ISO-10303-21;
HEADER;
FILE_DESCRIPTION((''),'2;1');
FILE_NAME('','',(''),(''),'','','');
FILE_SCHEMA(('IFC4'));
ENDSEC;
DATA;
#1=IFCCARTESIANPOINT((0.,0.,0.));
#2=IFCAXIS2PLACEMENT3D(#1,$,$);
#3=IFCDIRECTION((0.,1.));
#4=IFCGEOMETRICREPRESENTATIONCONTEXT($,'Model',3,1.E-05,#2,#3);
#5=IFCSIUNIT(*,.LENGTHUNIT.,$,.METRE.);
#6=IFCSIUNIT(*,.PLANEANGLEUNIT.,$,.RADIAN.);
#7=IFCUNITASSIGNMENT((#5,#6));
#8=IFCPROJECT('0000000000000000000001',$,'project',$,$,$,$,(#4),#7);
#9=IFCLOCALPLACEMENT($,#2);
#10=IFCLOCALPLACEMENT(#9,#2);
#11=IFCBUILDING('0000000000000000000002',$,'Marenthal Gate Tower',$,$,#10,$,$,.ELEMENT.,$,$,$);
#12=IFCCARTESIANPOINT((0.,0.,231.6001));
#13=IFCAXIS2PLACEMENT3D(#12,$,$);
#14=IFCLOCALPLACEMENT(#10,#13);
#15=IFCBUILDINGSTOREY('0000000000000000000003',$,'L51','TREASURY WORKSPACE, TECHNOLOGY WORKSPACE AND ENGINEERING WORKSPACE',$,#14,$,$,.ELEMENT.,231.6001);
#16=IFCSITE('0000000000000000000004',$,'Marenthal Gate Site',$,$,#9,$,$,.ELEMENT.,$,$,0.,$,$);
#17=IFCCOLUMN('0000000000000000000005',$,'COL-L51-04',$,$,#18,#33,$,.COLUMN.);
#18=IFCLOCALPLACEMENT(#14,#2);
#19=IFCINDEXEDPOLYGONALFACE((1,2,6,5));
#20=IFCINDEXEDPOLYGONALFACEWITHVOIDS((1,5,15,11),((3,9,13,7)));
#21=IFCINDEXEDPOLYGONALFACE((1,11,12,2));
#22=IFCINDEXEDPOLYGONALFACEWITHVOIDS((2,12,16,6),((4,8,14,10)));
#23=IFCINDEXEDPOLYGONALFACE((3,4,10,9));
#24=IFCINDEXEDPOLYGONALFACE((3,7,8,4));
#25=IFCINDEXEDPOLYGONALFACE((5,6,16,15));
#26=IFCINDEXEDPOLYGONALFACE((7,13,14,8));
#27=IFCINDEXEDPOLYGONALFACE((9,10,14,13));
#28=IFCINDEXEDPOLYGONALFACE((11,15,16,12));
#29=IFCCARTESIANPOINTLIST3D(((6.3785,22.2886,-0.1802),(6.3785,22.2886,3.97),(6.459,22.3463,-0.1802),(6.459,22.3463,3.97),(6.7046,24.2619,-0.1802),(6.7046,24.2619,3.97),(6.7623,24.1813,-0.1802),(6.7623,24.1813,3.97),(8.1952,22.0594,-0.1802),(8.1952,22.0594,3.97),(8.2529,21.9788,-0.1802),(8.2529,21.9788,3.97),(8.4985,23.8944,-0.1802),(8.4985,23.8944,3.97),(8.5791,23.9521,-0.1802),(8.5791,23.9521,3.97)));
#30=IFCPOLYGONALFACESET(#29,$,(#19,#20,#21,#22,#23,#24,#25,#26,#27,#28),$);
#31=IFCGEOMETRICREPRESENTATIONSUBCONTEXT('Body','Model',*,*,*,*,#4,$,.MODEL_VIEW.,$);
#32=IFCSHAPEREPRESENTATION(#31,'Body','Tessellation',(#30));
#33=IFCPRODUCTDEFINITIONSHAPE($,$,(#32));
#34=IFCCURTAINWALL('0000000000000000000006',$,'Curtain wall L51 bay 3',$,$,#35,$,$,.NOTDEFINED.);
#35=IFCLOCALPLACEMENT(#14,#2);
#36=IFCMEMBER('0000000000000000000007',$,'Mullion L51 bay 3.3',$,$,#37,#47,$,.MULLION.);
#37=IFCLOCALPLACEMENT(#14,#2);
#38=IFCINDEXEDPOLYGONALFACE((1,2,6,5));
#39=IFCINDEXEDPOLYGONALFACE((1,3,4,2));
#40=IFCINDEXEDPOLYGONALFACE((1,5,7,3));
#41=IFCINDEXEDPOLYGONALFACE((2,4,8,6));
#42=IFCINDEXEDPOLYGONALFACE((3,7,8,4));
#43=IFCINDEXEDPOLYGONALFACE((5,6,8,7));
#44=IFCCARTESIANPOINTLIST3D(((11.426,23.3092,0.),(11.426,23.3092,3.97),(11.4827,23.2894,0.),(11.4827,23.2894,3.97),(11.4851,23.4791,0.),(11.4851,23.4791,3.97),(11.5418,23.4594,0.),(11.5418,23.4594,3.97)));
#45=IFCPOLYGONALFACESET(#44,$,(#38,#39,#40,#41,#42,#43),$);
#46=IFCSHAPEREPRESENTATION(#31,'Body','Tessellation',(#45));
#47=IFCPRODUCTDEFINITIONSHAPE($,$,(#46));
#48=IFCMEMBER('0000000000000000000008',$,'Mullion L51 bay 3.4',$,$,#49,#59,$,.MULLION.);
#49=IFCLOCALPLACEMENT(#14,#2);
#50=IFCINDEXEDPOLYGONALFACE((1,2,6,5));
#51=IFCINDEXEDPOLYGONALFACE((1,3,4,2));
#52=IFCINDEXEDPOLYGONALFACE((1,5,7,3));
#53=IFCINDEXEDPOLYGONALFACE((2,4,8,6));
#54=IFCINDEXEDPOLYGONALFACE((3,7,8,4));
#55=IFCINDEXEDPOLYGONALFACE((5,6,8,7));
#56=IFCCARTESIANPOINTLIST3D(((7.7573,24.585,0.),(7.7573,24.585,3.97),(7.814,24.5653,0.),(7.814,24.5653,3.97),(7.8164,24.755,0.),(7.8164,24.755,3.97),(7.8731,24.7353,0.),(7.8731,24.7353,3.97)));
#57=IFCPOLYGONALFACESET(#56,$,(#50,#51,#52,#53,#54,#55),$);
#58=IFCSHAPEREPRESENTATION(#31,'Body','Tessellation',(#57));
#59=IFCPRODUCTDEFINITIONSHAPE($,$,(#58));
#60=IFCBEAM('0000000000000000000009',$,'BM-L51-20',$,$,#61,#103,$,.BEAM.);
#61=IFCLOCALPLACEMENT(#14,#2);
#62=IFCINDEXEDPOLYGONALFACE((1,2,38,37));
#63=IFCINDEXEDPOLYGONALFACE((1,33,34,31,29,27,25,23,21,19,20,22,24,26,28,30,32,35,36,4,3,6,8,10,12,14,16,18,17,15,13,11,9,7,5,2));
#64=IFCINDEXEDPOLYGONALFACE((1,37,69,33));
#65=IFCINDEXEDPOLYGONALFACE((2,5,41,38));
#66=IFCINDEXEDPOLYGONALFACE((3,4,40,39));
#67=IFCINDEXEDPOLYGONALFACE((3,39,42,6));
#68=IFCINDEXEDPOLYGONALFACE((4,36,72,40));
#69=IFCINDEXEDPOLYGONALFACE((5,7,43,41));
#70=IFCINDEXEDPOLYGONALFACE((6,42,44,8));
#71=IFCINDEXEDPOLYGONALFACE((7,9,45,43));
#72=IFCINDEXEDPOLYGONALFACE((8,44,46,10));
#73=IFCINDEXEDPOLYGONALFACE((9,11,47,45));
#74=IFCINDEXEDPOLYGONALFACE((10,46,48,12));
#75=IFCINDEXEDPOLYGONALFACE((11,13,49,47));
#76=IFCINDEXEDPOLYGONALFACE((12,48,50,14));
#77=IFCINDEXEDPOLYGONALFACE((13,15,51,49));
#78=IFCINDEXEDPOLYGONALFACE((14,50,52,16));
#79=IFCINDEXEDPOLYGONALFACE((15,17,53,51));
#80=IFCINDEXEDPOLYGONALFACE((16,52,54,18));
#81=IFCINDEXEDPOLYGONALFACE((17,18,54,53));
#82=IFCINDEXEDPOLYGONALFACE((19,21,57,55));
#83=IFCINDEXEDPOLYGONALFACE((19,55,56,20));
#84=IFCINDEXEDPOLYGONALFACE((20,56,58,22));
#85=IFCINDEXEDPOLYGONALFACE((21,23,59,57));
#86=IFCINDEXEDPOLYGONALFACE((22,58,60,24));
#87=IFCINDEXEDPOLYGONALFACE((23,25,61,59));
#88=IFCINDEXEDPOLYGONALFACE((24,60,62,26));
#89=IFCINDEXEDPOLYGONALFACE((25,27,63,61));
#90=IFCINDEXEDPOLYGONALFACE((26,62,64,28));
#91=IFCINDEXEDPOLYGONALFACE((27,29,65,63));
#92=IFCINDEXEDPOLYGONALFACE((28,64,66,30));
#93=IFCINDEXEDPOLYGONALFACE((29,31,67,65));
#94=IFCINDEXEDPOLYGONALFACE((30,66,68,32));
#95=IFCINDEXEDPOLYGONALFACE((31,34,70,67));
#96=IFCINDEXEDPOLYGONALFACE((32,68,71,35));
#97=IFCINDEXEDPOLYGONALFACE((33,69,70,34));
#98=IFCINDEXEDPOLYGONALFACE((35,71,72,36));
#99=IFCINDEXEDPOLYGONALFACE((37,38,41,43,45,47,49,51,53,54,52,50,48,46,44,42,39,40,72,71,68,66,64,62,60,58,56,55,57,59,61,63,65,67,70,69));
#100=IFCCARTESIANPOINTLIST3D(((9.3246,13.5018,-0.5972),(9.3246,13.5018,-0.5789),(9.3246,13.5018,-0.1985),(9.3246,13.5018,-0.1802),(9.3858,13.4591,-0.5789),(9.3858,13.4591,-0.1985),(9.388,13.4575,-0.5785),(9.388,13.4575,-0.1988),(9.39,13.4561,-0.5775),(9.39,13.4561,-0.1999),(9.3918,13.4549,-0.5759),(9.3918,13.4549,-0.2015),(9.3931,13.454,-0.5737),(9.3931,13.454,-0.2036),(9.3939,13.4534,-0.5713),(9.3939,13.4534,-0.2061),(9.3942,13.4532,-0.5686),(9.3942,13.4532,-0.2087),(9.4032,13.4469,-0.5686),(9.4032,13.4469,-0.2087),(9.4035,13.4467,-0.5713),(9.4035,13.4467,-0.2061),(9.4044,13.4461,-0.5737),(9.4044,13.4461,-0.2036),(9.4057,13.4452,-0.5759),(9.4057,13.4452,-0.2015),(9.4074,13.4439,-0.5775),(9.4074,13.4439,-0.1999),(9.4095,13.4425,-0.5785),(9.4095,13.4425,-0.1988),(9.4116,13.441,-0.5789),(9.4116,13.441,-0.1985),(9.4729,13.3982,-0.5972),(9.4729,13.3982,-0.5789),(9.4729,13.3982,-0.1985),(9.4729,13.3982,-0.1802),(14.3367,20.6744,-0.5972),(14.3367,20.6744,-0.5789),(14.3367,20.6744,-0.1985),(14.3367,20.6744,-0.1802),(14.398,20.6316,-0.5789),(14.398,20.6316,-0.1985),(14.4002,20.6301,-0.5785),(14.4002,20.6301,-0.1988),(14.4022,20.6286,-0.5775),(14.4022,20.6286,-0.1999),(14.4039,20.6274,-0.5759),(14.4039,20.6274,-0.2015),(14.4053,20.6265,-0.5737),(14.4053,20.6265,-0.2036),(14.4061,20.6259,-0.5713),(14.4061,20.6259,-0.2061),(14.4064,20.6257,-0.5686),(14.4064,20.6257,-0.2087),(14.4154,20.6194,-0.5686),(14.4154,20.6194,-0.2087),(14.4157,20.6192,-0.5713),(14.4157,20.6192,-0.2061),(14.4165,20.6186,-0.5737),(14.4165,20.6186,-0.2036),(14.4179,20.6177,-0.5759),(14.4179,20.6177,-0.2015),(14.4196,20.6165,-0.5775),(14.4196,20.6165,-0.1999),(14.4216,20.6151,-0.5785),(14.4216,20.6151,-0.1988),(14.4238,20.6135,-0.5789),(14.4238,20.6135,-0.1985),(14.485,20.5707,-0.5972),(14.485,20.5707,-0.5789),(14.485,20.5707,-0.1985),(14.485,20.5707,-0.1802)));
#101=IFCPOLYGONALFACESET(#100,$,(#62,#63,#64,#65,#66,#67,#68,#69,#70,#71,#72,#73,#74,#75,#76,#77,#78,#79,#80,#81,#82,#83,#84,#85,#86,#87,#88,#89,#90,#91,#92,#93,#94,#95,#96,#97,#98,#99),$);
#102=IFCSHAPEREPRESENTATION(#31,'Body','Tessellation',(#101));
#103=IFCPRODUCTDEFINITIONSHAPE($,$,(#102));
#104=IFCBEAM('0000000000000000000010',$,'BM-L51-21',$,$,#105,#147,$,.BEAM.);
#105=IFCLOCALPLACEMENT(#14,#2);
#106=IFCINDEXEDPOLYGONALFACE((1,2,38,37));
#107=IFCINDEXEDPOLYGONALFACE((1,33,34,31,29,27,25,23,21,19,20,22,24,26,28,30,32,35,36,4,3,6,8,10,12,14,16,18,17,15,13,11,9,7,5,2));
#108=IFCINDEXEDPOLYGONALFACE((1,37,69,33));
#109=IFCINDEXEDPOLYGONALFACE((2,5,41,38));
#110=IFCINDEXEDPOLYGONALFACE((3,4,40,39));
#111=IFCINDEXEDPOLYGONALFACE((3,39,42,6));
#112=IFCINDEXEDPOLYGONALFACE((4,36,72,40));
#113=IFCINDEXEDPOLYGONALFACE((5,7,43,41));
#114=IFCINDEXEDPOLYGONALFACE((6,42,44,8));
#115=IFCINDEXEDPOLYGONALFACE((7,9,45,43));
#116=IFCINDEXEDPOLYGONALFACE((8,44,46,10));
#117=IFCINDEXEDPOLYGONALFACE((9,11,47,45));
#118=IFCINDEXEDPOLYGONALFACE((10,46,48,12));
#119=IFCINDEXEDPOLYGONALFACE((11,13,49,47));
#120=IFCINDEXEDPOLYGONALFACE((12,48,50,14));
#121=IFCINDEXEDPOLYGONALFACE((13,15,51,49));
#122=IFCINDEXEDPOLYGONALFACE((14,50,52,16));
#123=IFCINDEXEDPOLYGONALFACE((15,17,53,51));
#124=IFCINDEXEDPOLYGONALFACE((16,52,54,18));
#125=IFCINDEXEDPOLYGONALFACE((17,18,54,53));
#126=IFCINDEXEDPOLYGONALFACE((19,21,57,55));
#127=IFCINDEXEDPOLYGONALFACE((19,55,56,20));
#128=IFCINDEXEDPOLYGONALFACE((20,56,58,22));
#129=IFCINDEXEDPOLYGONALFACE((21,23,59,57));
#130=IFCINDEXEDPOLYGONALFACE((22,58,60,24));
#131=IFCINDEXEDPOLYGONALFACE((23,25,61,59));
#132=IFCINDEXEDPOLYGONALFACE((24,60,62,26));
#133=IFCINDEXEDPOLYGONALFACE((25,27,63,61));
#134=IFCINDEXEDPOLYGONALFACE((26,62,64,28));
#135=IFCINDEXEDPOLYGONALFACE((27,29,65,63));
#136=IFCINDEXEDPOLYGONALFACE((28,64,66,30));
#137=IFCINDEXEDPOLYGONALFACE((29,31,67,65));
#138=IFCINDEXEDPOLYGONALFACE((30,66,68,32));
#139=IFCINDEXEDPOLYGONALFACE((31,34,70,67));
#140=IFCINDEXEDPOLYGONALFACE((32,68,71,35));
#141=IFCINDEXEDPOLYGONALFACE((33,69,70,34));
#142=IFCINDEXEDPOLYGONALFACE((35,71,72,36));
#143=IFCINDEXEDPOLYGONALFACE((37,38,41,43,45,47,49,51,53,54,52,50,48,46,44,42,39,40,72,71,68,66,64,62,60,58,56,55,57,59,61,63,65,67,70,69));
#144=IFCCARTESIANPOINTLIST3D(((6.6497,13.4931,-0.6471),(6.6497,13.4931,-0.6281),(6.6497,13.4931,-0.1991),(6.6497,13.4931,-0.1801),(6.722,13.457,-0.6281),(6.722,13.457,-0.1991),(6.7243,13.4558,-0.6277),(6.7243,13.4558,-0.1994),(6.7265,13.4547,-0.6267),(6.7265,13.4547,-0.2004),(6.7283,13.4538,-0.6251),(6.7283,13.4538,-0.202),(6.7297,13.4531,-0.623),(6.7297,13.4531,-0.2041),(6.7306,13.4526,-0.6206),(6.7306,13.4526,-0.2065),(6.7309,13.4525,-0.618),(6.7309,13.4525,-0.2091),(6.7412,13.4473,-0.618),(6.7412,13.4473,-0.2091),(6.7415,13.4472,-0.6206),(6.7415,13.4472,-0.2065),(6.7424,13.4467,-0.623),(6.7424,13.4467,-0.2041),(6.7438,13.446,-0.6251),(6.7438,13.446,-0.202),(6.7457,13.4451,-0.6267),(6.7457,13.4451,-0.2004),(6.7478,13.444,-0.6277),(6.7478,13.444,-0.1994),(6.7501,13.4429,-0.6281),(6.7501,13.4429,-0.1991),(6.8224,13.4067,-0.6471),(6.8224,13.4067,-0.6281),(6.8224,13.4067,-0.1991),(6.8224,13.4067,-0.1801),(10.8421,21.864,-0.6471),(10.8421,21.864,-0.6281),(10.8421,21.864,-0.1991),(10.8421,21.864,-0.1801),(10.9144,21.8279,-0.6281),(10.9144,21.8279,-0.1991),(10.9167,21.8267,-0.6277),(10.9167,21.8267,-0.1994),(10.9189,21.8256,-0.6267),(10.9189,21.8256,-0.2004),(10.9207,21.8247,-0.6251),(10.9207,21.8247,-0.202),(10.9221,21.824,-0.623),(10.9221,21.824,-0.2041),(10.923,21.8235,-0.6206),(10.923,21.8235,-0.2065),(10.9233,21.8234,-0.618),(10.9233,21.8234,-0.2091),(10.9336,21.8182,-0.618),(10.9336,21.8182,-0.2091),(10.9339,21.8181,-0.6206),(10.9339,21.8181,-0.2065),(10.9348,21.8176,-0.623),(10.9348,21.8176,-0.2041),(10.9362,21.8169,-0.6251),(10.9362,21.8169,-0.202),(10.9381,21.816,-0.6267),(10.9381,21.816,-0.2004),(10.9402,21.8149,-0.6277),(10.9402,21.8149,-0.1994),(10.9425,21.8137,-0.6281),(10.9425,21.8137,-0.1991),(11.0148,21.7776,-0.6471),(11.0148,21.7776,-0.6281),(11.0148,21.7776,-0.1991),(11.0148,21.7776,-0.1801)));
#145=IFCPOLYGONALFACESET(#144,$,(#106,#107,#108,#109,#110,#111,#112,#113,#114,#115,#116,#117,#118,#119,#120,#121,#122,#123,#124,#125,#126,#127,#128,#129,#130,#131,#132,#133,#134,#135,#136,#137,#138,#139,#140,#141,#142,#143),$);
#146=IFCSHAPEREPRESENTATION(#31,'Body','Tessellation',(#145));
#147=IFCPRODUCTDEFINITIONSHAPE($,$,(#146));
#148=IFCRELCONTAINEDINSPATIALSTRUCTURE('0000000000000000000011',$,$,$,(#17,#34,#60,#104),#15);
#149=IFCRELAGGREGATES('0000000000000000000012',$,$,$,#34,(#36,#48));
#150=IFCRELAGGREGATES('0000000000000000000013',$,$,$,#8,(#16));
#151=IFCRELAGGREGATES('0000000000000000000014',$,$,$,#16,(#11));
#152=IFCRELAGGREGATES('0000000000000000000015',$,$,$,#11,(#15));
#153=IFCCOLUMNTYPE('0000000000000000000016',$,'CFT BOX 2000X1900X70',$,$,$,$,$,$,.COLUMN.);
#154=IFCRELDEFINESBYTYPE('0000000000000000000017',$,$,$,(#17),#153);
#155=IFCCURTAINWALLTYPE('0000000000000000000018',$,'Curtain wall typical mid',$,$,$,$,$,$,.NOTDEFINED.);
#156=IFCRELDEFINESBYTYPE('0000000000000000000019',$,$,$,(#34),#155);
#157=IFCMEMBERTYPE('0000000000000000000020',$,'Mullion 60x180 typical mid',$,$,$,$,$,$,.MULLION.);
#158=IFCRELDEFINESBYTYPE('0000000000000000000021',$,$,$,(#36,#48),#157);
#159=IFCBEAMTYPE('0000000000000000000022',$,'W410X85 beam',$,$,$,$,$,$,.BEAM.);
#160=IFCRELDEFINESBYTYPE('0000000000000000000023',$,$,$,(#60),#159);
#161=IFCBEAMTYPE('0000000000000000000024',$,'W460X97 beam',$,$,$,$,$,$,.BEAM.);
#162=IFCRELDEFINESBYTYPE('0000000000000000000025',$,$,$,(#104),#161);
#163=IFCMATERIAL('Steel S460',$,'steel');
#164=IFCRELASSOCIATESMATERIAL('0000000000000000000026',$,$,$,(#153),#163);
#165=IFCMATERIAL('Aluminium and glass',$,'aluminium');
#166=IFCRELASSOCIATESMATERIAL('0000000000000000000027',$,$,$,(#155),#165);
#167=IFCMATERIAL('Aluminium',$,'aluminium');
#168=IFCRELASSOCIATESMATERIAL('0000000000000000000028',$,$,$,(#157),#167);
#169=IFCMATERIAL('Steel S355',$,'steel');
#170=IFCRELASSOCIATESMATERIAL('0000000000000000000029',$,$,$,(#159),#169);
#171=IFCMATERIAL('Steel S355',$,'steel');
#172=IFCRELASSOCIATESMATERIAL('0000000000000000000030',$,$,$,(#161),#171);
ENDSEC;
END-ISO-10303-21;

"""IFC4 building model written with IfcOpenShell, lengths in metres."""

from ifc_helpers import new_model, si_unit, direction, frame, origin, origin_2d, place, context, subcontext, project, spatial, rectangle, hollow_rectangle, i_section, extrude, material, material_profile, profile_set, type_object, element, aggregate, save


model = new_model("IFC4")

# Units and contexts
model_context = context("Model", 3, precision=1e-05, world=origin(), true_north=direction((0.0, 1.0)))
body_context = subcontext(model_context, "Body", "Model", "MODEL_VIEW")
ifc_project = project(units=[si_unit("LENGTHUNIT", "METRE"), si_unit("PLANEANGLEUNIT", "RADIAN")], contexts=[model_context])

# Site, building, storey
site_placement = place(None, origin())
site = spatial("IfcSite", under=ifc_project, at=site_placement, Name="Marenthal Gate Site", CompositionType="ELEMENT", RefElevation=0.0)
building_placement = place(site_placement, origin())
building = spatial("IfcBuilding", under=site, at=building_placement, Name="Marenthal Gate Tower", CompositionType="ELEMENT")
storey_placement = place(building_placement, frame((0.0, 0.0, 231.6001)))
storey = spatial("IfcBuildingStorey", under=building, at=storey_placement, Name="L51", Description="TREASURY WORKSPACE, TECHNOLOGY WORKSPACE AND ENGINEERING WORKSPACE", CompositionType="ELEMENT", Elevation=231.6001)

# Column
ifc_material_1 = material(Name="Steel S460", Category="steel")
ifc_material_profile_1 = material_profile(ifc_material_1, hollow_rectangle(XDim=1.8999, YDim=2.0, WallThickness=0.0701, at=origin_2d()), Name="CFT BOX 2000X1900X70")
ifc_material_2 = material(Name="Concrete 70 MPa", Category="concrete")
ifc_material_profile_2 = material_profile(ifc_material_2, rectangle(XDim=1.76, YDim=1.8601, at=origin_2d()), Name="CFT BOX 2000X1900X70 INFILL")
ifc_profile_set_1 = profile_set([ifc_material_profile_1, ifc_material_profile_2], Name="Steel S460 shell, Concrete 70 MPa infill")
column_type = type_object("IfcColumnType", Name="CFT BOX 2000X1900X70", PredefinedType="COLUMN", material=ifc_profile_set_1)
column_placement = place(storey_placement, frame((7.4788, 23.1204, -0.1802), z_axis=(0.0, 0.0, 1.0), x_axis=(0.986616, -0.163059, 0.0)))
element("IfcColumn", 1, at=column_placement, inside=storey, type_object=column_type, Name="COL-L51-04", PredefinedType="COLUMN", context=body_context, shape_type="SweptSolid", body=[
    extrude(hollow_rectangle(XDim=1.8999, YDim=2.0, WallThickness=0.0701, at=origin_2d()), origin(), (0.0, 0.0, 1.0), 4.1501),
])

# Curtain wall, members
ifc_material_3 = material(Name="Aluminium and glass", Category="aluminium")
curtain_wall_type = type_object("IfcCurtainWallType", Name="Curtain wall typical mid", PredefinedType="NOTDEFINED", material=ifc_material_3)
curtain_wall_placement = place(storey_placement, origin())
curtain_wall = element("IfcCurtainWall", 2, at=curtain_wall_placement, inside=storey, type_object=curtain_wall_type, Name="Curtain wall L51 bay 3", PredefinedType="NOTDEFINED")
ifc_material_4 = material(Name="Aluminium", Category="aluminium")
ifc_material_profile_3 = material_profile(ifc_material_4, rectangle(XDim=0.1799, YDim=0.0601, at=origin_2d()), Name="60x180 aluminium mullion")
ifc_profile_set_2 = profile_set([ifc_material_profile_3], Name="Aluminium")
member_type = type_object("IfcMemberType", Name="Mullion 60x180 typical mid", PredefinedType="MULLION", material=ifc_profile_set_2)
member_1_placement = place(storey_placement, frame((11.4839, 23.3843, 0.0), z_axis=(0.0, 0.0, 1.0), x_axis=(-0.328468, -0.944515, 0.0)))
member_1 = element("IfcMember", 3, at=member_1_placement, type_object=member_type, Name="Mullion L51 bay 3.3", PredefinedType="MULLION", context=body_context, shape_type="SweptSolid", body=[
    extrude(rectangle(XDim=0.1799, YDim=0.0601, at=origin_2d()), origin(), (0.0, 0.0, 1.0), 3.97),
])
member_2_placement = place(storey_placement, frame((7.8152, 24.6602, 0.0), z_axis=(0.0, 0.0, 1.0), x_axis=(-0.328468, -0.944515, 0.0)))
member_2 = element("IfcMember", 4, at=member_2_placement, type_object=member_type, Name="Mullion L51 bay 3.4", PredefinedType="MULLION", context=body_context, shape_type="SweptSolid", body=[
    extrude(rectangle(XDim=0.1799, YDim=0.0601, at=origin_2d()), origin(), (0.0, 0.0, 1.0), 3.97),
])

# Beams
ifc_material_5 = material(Name="Steel S355", Category="steel")
ifc_material_profile_4 = material_profile(ifc_material_5, i_section(OverallWidth=0.1809, OverallDepth=0.417, WebThickness=0.011, FlangeThickness=0.0183, FilletRadius=0.0103, at=origin_2d()), Name="W410X85")
ifc_profile_set_3 = profile_set([ifc_material_profile_4], Name="Steel S355")
beam_type_1 = type_object("IfcBeamType", Name="W410X85 beam", PredefinedType="BEAM", material=ifc_profile_set_3)
beam_1_placement = place(storey_placement, frame((14.4109, 20.6226, -0.3887), z_axis=(-0.572801, -0.819694, 0.0), x_axis=(0.819694, -0.572801, 0.0)))
element("IfcBeam", 5, at=beam_1_placement, inside=storey, type_object=beam_type_1, Name="BM-L51-20", PredefinedType="BEAM", context=body_context, shape_type="SweptSolid", body=[
    extrude(i_section(OverallWidth=0.1809, OverallDepth=0.417, WebThickness=0.011, FlangeThickness=0.0183, FilletRadius=0.0103, at=origin_2d()), origin(), (0.0, 0.0, 1.0), 8.7502),
])
ifc_material_6 = material(Name="Steel S355", Category="steel")
ifc_material_profile_5 = material_profile(ifc_material_6, i_section(OverallWidth=0.1931, OverallDepth=0.467, WebThickness=0.0115, FlangeThickness=0.019, FilletRadius=0.01, at=origin_2d()), Name="W460X97")
ifc_profile_set_4 = profile_set([ifc_material_profile_5], Name="Steel S355")
beam_type_2 = type_object("IfcBeamType", Name="W460X97 beam", PredefinedType="BEAM", material=ifc_profile_set_4)
beam_2_placement = place(storey_placement, frame((10.9285, 21.8208, -0.4136), z_axis=(-0.447808, -0.89413, 0.0), x_axis=(0.89413, -0.447808, 0.0)))
element("IfcBeam", 6, at=beam_2_placement, inside=storey, type_object=beam_type_2, Name="BM-L51-21", PredefinedType="BEAM", context=body_context, shape_type="SweptSolid", body=[
    extrude(i_section(OverallWidth=0.1931, OverallDepth=0.467, WebThickness=0.0115, FlangeThickness=0.019, FilletRadius=0.01, at=origin_2d()), origin(), (0.0, 0.0, 1.0), 9.3621),
])

aggregate(curtain_wall, [member_1, member_2])

save(model, "model.ifc")
